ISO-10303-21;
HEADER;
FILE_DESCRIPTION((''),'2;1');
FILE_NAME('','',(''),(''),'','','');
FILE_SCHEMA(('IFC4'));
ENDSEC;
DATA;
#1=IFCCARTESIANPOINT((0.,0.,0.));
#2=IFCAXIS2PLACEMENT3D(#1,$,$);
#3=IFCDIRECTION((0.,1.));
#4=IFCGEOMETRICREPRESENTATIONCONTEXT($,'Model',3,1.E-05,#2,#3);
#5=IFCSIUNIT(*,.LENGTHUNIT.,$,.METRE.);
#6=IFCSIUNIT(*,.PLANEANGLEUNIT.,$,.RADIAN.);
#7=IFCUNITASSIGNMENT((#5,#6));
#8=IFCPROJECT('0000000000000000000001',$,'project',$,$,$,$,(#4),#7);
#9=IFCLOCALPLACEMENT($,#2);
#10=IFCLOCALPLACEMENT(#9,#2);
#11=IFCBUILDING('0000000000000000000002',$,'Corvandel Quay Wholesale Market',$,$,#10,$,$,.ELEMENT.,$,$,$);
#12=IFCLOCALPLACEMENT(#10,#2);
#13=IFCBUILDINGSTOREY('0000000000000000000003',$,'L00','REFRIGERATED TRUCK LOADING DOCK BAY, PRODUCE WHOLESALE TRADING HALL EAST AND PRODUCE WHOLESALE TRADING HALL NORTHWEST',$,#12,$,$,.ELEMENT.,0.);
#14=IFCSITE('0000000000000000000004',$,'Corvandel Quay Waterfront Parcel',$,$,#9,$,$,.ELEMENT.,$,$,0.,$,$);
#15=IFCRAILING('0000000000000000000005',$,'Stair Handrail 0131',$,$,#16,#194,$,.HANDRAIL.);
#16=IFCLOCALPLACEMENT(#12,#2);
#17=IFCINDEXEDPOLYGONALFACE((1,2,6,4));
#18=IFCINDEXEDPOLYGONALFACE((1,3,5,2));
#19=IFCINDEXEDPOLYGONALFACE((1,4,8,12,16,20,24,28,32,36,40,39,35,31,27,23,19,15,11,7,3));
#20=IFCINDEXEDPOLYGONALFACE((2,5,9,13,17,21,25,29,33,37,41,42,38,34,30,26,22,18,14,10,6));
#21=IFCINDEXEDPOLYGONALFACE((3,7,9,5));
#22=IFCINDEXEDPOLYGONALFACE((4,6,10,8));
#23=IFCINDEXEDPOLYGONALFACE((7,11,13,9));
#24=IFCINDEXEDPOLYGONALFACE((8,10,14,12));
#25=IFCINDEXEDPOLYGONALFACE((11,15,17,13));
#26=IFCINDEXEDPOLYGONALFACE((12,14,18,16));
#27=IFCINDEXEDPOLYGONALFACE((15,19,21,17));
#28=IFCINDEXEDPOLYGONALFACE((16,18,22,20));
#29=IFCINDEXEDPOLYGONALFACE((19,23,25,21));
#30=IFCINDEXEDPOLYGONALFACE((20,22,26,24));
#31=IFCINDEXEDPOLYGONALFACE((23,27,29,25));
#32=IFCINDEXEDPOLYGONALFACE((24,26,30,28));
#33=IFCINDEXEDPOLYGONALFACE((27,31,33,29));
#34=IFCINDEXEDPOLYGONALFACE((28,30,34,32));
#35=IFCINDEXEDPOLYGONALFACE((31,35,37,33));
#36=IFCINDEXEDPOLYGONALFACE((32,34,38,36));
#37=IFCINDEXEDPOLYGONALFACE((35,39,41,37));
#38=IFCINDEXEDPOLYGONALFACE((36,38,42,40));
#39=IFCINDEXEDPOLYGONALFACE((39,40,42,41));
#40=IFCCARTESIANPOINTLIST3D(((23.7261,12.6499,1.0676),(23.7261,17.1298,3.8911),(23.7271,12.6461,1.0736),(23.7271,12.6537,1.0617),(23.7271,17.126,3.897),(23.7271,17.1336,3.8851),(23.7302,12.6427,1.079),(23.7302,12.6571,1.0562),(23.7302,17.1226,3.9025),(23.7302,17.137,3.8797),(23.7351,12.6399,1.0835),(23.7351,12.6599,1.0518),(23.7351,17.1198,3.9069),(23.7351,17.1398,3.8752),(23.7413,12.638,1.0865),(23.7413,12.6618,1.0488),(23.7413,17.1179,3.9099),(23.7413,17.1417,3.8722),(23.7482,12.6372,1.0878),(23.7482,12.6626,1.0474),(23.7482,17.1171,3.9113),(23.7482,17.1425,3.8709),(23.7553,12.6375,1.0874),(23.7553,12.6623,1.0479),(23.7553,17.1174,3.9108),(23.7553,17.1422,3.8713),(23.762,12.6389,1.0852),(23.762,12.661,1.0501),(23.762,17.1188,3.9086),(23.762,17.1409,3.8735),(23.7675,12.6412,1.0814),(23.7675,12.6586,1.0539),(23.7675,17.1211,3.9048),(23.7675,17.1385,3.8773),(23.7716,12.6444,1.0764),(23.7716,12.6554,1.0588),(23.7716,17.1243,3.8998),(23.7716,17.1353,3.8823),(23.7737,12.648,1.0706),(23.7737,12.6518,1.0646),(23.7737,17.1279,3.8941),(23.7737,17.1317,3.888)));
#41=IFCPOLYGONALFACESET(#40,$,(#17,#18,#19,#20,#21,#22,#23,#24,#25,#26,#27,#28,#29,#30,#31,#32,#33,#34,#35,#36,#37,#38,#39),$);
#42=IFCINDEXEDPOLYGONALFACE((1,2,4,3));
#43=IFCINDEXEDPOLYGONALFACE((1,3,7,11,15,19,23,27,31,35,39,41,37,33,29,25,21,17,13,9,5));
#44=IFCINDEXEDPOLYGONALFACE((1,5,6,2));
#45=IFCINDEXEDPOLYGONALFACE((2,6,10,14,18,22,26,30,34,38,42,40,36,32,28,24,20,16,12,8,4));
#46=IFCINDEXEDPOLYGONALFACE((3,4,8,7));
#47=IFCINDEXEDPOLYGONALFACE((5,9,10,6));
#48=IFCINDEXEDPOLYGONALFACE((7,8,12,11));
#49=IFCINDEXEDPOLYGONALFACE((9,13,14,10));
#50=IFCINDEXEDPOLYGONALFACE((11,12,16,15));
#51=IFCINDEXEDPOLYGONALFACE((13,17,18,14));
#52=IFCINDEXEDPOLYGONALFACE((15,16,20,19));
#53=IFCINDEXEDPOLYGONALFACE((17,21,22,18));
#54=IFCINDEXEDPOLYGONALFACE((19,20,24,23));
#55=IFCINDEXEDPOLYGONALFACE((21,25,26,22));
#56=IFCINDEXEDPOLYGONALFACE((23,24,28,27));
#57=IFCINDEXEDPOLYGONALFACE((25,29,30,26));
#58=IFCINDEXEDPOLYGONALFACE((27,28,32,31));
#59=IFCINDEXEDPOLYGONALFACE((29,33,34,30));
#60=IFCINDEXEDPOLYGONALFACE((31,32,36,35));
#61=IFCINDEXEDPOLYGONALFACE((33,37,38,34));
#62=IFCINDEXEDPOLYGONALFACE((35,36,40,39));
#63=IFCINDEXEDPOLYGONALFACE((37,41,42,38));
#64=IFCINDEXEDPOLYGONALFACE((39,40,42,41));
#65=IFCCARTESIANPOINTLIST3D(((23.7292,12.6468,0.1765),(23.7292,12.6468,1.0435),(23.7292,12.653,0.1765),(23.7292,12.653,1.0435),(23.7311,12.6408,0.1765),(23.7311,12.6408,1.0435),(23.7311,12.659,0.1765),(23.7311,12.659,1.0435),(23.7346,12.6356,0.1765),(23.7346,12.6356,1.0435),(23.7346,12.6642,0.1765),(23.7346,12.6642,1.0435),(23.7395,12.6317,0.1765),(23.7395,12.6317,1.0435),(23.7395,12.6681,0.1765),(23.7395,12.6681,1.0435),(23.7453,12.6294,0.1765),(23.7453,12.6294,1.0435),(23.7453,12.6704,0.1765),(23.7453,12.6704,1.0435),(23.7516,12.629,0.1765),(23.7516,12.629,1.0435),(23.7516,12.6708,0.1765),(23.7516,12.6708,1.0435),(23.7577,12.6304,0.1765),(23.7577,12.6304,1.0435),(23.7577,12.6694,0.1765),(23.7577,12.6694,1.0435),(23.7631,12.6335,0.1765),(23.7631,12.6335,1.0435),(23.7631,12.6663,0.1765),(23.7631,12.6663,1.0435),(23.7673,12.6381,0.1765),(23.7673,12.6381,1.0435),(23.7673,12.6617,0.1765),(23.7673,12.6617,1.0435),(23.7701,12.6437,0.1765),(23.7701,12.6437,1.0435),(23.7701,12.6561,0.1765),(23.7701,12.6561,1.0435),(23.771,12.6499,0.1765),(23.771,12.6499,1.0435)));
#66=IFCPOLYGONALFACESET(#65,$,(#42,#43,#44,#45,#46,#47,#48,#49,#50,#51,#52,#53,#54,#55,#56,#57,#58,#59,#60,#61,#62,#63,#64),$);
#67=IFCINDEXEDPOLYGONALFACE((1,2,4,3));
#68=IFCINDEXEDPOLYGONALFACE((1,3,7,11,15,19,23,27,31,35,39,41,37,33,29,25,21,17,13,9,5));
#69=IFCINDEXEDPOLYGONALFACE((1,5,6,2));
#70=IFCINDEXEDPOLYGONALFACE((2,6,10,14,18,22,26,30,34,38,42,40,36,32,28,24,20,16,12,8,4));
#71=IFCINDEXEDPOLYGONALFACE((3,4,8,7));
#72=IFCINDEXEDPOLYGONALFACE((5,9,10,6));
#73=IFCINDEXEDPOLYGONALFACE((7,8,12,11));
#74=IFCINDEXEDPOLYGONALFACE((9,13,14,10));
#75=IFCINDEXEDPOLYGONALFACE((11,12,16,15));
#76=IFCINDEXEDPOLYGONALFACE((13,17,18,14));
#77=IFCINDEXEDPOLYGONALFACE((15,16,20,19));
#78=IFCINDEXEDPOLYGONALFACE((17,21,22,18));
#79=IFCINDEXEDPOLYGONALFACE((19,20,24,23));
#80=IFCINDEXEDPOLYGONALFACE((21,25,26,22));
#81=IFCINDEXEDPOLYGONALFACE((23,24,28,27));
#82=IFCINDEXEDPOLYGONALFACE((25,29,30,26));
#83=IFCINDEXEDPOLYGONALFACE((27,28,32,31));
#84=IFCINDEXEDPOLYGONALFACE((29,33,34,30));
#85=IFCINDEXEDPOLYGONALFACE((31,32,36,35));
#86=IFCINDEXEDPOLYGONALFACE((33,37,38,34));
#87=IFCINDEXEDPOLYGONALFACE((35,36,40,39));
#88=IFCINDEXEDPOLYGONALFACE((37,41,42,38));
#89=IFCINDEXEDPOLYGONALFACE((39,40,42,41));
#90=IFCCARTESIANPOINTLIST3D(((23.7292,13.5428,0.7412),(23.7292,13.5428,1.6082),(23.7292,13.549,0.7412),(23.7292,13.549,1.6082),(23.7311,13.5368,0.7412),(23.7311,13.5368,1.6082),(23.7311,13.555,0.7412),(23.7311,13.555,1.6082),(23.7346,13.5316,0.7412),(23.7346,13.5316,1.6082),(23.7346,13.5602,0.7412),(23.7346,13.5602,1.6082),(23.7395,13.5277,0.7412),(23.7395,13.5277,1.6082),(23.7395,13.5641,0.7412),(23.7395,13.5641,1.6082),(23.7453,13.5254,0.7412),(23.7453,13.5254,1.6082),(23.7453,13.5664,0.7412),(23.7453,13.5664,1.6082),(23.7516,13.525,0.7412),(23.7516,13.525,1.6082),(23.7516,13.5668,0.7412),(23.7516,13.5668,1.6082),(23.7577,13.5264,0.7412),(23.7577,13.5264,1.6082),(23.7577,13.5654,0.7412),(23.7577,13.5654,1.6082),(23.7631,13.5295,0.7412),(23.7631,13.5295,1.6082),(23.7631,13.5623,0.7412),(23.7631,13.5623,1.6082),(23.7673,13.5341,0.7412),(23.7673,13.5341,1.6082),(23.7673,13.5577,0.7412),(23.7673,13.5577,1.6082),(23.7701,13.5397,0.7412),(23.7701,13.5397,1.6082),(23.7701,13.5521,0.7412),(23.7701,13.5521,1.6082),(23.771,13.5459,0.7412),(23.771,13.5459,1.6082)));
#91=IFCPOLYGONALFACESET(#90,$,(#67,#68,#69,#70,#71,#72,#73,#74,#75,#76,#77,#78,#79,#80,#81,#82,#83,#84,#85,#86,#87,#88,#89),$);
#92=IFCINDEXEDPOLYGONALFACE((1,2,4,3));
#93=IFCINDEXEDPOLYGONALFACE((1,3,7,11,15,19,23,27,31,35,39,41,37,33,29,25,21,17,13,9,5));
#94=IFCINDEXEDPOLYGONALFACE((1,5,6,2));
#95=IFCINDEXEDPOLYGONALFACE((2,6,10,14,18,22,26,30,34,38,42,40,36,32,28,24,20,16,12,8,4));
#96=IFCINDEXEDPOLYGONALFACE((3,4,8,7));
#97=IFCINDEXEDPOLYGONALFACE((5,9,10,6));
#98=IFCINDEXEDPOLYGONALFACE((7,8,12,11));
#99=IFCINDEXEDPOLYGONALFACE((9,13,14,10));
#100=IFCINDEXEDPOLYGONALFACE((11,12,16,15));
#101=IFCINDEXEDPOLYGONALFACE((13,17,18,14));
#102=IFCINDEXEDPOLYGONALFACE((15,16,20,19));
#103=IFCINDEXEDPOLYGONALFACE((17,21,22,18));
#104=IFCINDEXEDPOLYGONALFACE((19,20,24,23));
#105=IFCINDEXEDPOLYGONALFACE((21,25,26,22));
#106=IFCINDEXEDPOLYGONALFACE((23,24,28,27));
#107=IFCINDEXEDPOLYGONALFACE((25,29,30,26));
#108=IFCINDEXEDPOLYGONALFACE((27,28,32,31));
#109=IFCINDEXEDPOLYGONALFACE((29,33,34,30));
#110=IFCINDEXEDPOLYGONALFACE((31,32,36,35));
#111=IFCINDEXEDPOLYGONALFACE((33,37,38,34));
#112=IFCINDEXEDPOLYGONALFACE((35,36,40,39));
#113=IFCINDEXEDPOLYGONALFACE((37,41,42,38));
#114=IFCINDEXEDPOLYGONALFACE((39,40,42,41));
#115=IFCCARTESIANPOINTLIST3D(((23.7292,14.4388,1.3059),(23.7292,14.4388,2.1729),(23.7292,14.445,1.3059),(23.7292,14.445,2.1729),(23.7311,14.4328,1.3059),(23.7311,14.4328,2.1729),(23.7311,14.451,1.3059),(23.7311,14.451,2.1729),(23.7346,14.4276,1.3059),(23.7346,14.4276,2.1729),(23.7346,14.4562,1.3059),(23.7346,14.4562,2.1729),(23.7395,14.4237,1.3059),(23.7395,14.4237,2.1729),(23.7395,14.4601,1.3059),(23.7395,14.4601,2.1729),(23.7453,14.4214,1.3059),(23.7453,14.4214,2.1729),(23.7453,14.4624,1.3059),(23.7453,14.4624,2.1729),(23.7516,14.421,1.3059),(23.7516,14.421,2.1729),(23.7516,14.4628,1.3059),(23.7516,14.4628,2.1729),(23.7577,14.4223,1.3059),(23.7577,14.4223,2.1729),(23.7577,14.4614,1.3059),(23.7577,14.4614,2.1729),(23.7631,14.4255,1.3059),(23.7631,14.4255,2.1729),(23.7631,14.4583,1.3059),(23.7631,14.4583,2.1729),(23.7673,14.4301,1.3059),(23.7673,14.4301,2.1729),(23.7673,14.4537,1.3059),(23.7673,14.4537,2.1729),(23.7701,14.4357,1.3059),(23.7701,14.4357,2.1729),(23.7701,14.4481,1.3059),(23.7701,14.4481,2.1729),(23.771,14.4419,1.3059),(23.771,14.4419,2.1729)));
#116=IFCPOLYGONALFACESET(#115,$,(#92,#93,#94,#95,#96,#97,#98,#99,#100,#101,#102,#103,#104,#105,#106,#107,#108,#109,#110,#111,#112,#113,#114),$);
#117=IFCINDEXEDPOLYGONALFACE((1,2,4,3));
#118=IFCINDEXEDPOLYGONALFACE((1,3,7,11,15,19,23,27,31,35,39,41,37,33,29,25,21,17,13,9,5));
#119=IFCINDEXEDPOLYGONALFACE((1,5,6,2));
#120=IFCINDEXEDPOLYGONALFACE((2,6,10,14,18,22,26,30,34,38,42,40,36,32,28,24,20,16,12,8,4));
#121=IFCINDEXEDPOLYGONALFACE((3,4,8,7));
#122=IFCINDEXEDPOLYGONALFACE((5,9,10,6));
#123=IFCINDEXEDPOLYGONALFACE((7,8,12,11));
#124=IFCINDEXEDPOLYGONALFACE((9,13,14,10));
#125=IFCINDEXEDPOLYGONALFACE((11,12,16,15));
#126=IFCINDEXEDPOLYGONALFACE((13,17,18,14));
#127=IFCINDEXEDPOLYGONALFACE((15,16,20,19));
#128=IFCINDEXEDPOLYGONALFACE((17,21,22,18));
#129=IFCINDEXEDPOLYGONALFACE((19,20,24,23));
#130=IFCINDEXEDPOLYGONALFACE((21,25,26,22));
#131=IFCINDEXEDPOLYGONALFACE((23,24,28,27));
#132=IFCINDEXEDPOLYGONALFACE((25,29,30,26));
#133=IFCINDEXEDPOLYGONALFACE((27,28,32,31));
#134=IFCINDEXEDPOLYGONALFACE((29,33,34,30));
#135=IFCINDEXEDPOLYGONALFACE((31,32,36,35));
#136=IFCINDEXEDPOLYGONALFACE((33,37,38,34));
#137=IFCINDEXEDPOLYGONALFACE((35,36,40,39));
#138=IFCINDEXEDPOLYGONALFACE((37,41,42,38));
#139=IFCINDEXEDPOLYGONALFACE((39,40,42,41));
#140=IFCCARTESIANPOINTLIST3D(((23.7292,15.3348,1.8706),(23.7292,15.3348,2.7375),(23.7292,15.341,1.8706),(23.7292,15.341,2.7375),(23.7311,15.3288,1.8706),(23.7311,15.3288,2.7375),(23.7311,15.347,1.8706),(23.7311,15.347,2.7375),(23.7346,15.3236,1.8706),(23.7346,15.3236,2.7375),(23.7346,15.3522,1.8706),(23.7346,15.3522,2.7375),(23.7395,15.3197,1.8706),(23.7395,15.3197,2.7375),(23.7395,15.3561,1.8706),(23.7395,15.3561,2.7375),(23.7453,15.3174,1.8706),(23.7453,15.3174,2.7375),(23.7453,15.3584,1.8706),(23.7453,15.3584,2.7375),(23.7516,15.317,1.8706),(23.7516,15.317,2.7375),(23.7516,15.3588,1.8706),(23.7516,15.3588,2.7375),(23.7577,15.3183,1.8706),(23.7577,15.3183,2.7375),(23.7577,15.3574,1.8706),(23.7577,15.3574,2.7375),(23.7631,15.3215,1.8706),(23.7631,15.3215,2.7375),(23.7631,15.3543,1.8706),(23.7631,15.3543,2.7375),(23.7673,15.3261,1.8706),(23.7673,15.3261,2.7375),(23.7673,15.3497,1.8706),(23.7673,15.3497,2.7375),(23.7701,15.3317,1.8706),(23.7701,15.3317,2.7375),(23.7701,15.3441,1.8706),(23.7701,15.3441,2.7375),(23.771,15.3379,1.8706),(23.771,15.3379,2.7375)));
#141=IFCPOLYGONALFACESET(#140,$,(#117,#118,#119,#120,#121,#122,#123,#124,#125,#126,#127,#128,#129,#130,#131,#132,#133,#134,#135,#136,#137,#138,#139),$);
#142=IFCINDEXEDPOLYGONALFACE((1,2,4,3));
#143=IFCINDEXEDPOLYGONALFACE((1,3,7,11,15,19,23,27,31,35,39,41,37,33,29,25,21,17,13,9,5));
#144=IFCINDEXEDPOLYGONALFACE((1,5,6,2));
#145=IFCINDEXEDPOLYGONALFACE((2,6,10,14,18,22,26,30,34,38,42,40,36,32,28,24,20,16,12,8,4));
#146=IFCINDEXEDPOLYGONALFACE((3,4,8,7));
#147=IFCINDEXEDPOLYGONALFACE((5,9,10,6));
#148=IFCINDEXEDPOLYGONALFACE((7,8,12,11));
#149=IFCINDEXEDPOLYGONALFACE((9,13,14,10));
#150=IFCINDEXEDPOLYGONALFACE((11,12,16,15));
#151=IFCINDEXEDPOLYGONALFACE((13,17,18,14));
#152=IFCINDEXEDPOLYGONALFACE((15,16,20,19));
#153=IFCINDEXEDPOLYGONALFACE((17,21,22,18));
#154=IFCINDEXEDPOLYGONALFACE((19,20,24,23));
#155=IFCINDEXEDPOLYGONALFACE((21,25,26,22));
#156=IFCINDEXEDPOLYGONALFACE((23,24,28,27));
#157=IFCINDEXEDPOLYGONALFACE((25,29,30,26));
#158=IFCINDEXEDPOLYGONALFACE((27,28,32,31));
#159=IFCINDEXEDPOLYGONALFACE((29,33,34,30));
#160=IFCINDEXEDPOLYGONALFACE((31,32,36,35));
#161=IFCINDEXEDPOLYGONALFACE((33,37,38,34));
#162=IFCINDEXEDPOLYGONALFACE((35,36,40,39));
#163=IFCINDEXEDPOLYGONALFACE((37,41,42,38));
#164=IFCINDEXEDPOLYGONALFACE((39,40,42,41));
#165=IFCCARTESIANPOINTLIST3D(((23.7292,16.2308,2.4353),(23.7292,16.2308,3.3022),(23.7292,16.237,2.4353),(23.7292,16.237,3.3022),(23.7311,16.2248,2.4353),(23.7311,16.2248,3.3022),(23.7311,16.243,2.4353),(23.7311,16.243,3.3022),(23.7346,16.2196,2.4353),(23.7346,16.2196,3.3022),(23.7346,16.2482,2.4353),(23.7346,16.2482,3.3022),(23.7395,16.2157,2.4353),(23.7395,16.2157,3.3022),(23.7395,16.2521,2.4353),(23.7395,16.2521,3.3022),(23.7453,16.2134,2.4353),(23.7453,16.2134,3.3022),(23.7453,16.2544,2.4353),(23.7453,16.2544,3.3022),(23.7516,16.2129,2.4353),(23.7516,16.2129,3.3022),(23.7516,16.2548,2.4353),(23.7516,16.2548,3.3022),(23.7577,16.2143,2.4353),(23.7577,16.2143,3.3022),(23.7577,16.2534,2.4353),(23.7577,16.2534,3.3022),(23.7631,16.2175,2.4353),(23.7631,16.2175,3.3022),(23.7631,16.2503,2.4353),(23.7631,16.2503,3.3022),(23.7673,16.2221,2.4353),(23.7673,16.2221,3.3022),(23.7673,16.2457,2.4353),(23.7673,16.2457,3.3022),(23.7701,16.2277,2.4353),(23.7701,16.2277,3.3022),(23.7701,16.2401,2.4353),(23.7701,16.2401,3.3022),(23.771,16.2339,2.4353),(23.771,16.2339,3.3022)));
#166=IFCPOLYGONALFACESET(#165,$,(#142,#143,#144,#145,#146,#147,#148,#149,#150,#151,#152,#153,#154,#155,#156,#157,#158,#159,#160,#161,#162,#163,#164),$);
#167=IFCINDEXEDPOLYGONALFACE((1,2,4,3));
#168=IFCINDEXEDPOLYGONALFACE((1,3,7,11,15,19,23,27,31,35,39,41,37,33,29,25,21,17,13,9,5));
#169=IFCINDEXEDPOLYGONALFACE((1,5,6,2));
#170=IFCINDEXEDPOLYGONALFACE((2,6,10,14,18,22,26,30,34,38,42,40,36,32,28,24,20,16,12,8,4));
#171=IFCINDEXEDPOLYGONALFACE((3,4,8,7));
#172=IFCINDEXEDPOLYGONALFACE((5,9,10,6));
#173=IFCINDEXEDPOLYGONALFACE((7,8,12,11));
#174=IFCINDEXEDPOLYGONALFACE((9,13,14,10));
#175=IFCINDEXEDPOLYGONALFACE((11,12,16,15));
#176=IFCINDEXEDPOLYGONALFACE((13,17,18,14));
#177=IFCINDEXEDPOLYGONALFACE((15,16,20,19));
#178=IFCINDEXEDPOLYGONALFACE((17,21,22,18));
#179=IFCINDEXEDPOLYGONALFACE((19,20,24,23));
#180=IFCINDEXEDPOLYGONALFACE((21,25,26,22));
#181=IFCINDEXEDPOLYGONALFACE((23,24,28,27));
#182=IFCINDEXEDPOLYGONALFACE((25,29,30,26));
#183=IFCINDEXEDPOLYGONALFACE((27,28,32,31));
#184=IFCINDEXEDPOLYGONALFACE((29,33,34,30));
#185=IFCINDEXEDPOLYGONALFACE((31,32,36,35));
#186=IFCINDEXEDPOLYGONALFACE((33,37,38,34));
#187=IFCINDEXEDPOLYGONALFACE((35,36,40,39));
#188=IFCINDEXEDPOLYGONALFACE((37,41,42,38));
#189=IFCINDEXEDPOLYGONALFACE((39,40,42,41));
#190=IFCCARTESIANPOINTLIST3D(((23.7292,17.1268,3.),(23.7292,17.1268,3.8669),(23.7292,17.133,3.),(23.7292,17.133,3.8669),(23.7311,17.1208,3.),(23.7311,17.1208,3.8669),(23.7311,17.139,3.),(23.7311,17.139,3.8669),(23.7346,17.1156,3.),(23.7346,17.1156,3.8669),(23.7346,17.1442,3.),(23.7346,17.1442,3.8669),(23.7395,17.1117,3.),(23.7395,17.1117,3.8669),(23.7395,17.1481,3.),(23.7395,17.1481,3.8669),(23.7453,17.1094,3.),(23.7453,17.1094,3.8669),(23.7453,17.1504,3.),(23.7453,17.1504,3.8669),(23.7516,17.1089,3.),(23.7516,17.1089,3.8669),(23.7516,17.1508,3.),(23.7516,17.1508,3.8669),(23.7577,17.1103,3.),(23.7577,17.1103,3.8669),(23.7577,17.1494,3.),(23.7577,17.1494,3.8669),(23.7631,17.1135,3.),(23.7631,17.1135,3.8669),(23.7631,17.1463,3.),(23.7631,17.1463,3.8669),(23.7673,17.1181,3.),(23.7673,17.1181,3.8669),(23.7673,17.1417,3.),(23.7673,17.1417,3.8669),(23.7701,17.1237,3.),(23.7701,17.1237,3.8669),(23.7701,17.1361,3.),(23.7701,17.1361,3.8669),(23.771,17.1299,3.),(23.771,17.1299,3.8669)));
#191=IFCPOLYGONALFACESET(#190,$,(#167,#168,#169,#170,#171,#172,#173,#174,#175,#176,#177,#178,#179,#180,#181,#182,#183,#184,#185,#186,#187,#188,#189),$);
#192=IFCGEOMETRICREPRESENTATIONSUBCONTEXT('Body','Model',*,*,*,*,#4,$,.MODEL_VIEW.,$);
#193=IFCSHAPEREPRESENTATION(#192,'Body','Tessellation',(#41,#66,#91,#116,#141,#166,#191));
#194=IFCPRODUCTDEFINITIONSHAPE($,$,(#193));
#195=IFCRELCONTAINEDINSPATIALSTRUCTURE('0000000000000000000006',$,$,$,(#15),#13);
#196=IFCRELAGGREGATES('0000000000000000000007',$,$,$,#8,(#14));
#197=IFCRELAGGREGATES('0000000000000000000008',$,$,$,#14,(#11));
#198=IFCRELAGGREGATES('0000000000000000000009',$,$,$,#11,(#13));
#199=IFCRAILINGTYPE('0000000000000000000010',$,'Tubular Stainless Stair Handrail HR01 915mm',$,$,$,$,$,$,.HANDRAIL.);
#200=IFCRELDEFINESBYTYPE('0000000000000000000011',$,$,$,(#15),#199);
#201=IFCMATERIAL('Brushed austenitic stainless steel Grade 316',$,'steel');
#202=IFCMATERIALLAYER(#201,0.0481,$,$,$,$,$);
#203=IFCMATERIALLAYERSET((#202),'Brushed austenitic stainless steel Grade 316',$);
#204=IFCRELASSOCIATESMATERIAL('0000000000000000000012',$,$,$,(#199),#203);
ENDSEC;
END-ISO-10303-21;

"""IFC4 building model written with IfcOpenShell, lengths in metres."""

from ifc_helpers import new_model, si_unit, direction, frame, origin, origin_2d, place, context, subcontext, project, spatial, circle, extrude, material, layer, layer_set, type_object, element, save


model = new_model("IFC4")

# Units and contexts
model_context = context("Model", 3, precision=1e-05, world=origin(), true_north=direction((0.0, 1.0)))
body_context = subcontext(model_context, "Body", "Model", "MODEL_VIEW")
ifc_project = project(units=[si_unit("LENGTHUNIT", "METRE"), si_unit("PLANEANGLEUNIT", "RADIAN")], contexts=[model_context])

# Site, building, storey
site_placement = place(None, origin())
site = spatial("IfcSite", under=ifc_project, at=site_placement, Name="Corvandel Quay Waterfront Parcel", CompositionType="ELEMENT", RefElevation=0.0)
building_placement = place(site_placement, origin())
building = spatial("IfcBuilding", under=site, at=building_placement, Name="Corvandel Quay Wholesale Market", CompositionType="ELEMENT")
storey_placement = place(building_placement, origin())
storey = spatial("IfcBuildingStorey", under=building, at=storey_placement, Name="L00", Description="REFRIGERATED TRUCK LOADING DOCK BAY, PRODUCE WHOLESALE TRADING HALL EAST AND PRODUCE WHOLESALE TRADING HALL NORTHWEST", CompositionType="ELEMENT", Elevation=0.0)

# Railing
ifc_material_1 = material(Name="Brushed austenitic stainless steel Grade 316", Category="steel")
ifc_layer_1 = layer(ifc_material_1, 0.0481)
ifc_layer_set_1 = layer_set([ifc_layer_1], Name="Brushed austenitic stainless steel Grade 316")
railing_type = type_object("IfcRailingType", Name="Tubular Stainless Stair Handrail HR01 915mm", PredefinedType="HANDRAIL", material=ifc_layer_set_1)
railing_placement = place(storey_placement, frame((23.75, 12.6499, 0.1765)))
element("IfcRailing", 1, at=railing_placement, inside=storey, type_object=railing_type, Name="Stair Handrail 0131", PredefinedType="HANDRAIL", context=body_context, shape_type="SweptSolid", body=[
    extrude(circle(Radius=0.0239, at=origin_2d()), frame((0.0, 0.0, 0.8911), z_axis=(0.0, 0.845998, 0.533186), x_axis=(-1.0, 0.0, 0.0)), (0.0, 0.0, 1.0), 5.2954),
    extrude(circle(Radius=0.021, at=origin_2d()), origin(), (0.0, 0.0, 1.0), 0.8669),
    extrude(circle(Radius=0.021, at=origin_2d()), frame((0.0, 0.896, 0.5647)), (0.0, 0.0, 1.0), 0.8669),
    extrude(circle(Radius=0.021, at=origin_2d()), frame((0.0, 1.792, 1.1294)), (0.0, 0.0, 1.0), 0.8669),
    extrude(circle(Radius=0.021, at=origin_2d()), frame((0.0, 2.688, 1.6941)), (0.0, 0.0, 1.0), 0.8669),
    extrude(circle(Radius=0.021, at=origin_2d()), frame((0.0, 3.584, 2.2588)), (0.0, 0.0, 1.0), 0.8669),
    extrude(circle(Radius=0.021, at=origin_2d()), frame((0.0, 4.48, 2.8235)), (0.0, 0.0, 1.0), 0.8669),
])

save(model, "model.ifc")
